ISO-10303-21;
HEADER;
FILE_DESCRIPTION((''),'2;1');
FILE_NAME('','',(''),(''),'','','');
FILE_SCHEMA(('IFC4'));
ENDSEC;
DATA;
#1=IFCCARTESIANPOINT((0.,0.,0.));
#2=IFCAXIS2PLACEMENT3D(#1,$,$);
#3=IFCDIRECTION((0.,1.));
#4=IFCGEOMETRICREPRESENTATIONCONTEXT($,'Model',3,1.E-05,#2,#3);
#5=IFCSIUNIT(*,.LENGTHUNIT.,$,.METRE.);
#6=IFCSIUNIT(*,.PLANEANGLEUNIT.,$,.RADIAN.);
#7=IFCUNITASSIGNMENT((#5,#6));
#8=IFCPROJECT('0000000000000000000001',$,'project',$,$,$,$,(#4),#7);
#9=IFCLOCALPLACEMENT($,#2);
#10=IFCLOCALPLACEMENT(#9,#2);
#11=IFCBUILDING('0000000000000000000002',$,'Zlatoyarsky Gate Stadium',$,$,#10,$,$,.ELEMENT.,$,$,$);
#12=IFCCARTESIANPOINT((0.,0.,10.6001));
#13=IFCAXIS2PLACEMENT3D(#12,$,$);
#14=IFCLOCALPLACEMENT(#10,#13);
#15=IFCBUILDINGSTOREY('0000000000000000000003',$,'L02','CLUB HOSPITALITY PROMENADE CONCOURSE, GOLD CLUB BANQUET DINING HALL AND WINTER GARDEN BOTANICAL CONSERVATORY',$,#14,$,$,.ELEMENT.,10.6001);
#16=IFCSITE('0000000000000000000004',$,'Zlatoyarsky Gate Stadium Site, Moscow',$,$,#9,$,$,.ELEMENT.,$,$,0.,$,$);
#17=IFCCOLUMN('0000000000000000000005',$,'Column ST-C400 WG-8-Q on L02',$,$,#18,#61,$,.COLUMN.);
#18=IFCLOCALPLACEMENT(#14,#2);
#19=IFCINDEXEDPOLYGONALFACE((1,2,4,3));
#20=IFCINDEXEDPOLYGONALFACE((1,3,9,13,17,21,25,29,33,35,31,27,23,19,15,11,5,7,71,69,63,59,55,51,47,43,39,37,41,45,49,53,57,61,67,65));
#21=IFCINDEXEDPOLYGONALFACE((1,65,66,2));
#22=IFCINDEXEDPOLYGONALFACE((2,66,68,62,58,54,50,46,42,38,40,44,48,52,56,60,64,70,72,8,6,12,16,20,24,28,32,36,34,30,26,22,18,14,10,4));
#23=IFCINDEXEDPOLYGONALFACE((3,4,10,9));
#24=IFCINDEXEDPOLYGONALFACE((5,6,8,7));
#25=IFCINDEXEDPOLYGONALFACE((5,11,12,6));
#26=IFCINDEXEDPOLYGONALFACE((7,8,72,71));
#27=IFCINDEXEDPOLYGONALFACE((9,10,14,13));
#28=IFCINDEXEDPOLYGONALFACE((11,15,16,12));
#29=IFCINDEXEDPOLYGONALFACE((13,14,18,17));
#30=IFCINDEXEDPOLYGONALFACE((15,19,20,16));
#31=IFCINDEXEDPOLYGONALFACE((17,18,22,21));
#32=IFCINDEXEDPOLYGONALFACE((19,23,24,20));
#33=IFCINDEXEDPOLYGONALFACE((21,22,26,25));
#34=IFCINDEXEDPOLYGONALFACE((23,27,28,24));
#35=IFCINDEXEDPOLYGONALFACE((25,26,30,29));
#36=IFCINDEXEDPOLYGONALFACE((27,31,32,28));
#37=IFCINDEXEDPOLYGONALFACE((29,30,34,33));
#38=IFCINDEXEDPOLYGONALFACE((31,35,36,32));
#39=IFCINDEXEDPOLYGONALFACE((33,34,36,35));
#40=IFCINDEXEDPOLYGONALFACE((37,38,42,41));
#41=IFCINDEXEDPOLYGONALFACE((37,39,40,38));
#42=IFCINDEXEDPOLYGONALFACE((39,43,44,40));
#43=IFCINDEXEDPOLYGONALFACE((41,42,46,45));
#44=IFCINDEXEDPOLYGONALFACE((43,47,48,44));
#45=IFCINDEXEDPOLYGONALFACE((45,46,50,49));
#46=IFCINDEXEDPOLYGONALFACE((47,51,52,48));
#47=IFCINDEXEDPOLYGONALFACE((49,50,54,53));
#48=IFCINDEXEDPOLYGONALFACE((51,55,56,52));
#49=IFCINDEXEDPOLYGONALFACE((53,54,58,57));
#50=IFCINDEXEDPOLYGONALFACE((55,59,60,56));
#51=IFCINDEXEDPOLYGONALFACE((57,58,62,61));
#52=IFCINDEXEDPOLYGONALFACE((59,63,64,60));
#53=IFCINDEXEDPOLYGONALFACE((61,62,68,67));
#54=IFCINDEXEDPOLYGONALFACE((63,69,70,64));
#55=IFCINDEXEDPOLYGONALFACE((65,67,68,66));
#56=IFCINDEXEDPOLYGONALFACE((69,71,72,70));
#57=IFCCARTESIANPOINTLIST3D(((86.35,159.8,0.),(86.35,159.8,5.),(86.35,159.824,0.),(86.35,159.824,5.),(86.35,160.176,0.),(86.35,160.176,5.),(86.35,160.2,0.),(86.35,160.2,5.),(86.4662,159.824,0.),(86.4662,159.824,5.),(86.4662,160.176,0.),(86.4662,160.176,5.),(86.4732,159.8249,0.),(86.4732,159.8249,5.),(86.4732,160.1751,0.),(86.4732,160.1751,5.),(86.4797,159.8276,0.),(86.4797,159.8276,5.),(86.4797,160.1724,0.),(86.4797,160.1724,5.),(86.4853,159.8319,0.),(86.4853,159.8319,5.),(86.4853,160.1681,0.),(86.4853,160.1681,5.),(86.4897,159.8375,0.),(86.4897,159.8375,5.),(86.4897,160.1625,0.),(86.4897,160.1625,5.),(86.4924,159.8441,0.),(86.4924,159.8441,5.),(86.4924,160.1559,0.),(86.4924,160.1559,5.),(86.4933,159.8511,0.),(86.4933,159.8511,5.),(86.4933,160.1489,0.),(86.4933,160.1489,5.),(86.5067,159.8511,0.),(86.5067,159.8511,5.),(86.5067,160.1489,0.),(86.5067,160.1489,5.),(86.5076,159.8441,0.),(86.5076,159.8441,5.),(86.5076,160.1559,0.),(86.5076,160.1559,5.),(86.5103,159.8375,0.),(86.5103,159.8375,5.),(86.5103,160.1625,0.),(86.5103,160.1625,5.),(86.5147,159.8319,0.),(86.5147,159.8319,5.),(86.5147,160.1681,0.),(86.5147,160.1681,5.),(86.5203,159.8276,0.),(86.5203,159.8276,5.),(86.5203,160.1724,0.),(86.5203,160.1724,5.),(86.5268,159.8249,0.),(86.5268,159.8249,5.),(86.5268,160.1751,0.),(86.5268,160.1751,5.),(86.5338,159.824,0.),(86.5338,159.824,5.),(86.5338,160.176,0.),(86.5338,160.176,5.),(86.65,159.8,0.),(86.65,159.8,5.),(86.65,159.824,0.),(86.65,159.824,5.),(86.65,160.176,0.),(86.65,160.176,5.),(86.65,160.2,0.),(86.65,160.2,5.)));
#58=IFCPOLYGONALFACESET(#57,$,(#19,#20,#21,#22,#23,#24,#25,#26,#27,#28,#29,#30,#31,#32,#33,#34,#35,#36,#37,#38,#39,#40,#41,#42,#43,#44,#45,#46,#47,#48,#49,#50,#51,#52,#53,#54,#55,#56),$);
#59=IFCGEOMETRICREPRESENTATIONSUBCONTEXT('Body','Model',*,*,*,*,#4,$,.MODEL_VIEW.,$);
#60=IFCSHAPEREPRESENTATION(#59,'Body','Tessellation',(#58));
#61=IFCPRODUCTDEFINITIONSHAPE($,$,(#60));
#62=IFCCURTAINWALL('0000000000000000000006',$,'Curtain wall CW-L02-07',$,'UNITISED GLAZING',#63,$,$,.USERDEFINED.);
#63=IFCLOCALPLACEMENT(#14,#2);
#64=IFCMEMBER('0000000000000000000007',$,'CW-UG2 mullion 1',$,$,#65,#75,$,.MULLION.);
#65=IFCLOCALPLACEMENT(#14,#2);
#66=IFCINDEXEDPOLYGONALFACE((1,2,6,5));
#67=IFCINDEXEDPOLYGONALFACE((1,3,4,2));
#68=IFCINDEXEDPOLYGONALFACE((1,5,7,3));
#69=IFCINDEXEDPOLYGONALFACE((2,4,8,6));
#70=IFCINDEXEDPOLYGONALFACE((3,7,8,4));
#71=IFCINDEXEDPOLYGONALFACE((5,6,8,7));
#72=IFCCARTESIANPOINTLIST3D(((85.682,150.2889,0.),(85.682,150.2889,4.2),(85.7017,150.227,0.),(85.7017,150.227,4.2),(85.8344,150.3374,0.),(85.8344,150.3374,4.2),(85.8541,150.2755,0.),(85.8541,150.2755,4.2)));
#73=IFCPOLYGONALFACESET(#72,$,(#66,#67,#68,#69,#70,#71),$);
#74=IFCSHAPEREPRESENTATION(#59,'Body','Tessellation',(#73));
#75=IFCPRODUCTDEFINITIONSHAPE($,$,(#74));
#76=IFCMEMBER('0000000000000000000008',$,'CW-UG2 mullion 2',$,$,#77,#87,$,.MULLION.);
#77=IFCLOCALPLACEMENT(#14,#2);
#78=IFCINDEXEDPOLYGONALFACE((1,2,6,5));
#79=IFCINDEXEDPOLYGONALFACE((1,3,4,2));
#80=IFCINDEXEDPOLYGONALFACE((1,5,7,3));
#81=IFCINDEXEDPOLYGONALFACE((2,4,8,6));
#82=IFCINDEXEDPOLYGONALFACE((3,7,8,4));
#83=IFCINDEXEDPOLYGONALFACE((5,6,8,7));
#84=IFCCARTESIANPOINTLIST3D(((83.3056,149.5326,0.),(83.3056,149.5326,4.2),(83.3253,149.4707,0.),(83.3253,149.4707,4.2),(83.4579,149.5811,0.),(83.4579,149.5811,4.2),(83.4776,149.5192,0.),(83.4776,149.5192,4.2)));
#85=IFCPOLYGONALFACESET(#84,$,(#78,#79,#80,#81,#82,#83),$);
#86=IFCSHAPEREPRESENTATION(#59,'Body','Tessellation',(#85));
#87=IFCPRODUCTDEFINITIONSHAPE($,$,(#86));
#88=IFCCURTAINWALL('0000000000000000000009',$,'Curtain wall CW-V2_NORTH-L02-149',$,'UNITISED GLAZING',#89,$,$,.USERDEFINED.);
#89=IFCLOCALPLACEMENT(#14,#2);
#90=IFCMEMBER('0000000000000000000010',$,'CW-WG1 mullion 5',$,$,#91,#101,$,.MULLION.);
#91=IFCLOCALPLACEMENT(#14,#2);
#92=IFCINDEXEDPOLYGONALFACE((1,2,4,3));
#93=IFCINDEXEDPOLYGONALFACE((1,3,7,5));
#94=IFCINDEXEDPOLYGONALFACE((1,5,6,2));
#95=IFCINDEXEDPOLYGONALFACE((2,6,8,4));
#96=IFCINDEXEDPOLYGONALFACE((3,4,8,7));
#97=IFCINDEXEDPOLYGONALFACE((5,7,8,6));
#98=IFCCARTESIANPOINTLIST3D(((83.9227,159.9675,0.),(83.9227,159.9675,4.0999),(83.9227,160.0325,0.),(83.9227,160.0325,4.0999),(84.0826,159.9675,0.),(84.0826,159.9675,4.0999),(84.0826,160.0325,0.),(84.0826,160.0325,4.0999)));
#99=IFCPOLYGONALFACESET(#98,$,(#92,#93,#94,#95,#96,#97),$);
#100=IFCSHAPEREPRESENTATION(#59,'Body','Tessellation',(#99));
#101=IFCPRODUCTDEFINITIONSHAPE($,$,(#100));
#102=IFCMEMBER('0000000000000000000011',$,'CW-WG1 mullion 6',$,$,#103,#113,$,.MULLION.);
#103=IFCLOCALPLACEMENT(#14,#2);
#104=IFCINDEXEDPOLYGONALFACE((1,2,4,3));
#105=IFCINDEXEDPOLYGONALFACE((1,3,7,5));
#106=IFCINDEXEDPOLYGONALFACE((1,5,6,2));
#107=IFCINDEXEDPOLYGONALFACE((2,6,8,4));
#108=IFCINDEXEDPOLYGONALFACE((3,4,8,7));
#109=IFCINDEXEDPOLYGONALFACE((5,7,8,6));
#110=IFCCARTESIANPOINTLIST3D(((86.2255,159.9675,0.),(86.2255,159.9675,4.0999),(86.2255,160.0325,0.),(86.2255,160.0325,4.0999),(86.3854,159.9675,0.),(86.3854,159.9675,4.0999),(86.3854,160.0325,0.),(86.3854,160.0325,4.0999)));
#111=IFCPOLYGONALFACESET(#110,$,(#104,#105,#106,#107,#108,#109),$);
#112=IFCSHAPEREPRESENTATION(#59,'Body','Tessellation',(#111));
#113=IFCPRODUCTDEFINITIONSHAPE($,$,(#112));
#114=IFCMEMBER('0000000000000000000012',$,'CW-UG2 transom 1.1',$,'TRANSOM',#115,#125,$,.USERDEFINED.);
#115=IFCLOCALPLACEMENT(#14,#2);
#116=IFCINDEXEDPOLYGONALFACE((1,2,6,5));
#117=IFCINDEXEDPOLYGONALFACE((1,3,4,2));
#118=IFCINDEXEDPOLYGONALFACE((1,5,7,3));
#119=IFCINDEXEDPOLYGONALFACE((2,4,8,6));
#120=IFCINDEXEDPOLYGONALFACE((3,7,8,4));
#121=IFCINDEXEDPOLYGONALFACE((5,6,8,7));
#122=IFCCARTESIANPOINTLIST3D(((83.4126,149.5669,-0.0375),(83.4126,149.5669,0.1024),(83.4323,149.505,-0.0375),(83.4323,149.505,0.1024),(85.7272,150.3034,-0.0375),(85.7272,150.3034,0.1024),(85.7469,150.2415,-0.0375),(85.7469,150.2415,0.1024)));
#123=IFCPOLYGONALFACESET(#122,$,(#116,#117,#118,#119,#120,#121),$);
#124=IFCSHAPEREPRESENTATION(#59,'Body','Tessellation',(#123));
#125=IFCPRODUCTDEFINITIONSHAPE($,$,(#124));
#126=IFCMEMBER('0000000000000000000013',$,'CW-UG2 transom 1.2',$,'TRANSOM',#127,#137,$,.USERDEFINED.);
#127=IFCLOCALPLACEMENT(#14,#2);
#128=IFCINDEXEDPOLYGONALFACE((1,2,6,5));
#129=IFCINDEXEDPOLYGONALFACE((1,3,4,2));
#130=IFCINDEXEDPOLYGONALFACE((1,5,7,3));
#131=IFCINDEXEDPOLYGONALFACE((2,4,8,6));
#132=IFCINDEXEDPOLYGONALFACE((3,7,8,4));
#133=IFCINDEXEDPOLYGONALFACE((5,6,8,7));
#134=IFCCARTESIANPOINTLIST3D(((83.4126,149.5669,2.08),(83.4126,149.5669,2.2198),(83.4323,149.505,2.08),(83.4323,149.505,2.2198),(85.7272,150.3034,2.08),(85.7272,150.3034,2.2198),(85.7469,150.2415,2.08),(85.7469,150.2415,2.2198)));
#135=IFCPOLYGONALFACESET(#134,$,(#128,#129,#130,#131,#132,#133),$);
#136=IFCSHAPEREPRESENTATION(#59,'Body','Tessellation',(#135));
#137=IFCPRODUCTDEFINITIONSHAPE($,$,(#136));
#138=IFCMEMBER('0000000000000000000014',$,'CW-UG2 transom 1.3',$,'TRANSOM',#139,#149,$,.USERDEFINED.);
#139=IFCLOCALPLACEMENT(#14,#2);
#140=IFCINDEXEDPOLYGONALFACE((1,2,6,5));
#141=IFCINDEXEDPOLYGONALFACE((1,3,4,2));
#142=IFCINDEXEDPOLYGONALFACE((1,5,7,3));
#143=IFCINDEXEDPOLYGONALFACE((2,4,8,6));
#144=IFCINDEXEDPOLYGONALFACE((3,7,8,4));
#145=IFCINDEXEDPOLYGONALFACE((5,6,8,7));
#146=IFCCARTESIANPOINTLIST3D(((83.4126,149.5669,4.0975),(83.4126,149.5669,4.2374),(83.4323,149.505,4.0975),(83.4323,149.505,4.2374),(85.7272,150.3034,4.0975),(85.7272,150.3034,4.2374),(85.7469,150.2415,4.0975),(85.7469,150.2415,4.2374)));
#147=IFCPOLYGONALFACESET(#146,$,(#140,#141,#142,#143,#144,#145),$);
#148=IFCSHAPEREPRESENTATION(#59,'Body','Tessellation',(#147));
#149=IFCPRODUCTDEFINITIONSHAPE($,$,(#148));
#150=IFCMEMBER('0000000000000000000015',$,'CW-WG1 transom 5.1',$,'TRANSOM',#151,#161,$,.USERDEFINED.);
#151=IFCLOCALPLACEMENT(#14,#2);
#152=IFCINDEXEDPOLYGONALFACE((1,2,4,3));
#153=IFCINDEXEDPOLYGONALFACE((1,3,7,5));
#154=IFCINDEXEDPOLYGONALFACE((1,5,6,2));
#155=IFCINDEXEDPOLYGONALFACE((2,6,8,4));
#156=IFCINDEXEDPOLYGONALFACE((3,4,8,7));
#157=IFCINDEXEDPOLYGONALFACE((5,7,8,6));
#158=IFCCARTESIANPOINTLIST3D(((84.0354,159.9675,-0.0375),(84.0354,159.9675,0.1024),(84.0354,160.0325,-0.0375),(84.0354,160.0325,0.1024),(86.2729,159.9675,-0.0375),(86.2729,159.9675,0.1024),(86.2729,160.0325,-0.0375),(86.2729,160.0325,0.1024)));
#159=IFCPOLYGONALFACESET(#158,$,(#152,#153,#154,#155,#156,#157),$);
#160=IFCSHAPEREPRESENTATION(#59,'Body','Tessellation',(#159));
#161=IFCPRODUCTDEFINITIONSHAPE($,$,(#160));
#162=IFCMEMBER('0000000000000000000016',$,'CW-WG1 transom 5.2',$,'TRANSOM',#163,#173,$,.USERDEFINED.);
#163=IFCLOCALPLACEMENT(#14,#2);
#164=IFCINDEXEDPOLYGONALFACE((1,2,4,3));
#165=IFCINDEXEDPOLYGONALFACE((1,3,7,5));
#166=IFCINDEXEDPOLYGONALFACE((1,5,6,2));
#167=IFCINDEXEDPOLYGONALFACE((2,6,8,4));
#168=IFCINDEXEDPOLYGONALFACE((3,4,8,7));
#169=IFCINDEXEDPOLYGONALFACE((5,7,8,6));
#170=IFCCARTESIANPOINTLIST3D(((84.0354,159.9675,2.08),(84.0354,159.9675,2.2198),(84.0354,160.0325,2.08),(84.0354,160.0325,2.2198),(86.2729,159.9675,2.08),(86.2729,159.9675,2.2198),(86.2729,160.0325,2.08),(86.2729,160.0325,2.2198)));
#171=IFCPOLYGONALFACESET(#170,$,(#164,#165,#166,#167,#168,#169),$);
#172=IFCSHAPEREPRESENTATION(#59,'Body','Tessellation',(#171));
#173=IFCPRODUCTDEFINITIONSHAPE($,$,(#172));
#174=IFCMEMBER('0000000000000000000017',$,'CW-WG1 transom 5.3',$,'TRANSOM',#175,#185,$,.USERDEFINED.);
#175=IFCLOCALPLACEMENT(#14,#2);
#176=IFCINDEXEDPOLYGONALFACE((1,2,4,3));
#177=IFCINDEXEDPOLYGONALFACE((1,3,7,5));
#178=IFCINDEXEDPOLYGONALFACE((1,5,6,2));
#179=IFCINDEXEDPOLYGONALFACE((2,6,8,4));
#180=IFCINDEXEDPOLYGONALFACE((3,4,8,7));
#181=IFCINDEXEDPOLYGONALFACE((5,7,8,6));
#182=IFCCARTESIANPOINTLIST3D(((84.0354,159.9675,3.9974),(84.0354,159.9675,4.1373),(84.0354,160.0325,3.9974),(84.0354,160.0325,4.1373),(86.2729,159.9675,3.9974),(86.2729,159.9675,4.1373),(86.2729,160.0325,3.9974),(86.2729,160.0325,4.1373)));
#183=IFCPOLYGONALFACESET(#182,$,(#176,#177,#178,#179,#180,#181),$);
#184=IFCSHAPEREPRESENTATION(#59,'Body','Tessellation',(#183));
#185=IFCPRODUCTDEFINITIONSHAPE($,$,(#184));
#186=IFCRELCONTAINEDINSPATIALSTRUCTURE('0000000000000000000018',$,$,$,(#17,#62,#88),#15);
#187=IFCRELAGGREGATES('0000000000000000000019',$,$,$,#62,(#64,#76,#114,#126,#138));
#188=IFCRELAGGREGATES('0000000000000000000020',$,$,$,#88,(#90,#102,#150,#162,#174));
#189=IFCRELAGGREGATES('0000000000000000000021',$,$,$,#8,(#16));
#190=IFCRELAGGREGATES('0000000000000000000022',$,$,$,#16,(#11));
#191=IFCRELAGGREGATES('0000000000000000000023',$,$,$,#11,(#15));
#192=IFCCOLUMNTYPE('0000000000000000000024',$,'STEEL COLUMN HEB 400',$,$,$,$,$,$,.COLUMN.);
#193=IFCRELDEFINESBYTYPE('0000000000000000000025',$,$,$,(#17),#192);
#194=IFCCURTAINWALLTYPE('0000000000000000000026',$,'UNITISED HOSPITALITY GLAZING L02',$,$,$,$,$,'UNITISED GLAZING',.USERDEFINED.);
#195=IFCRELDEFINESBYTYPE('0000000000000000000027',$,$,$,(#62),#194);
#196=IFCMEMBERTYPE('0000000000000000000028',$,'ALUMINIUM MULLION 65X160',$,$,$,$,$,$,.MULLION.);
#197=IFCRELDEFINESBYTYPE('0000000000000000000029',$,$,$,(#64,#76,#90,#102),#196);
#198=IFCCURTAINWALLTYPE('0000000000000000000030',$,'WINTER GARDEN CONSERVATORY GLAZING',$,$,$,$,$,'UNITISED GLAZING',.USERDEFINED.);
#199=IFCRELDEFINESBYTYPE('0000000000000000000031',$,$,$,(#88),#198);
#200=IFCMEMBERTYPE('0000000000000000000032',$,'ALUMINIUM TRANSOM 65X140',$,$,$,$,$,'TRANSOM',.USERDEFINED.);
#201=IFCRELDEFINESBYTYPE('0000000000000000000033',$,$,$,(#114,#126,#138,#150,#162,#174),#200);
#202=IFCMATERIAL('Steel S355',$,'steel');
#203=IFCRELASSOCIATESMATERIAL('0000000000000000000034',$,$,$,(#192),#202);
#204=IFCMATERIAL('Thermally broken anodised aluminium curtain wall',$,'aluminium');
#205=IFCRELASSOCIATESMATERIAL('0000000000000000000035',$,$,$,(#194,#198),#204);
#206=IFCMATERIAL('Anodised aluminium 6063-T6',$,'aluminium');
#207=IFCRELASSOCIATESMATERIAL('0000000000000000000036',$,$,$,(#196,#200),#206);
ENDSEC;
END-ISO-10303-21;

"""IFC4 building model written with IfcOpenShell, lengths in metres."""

from ifc_helpers import new_model, si_unit, direction, frame, origin, origin_2d, place, context, subcontext, project, spatial, rectangle, i_section, extrude, material, material_profile, profile_set, type_object, element, aggregate, save


model = new_model("IFC4")

# Units and contexts
model_context = context("Model", 3, precision=1e-05, world=origin(), true_north=direction((0.0, 1.0)))
body_context = subcontext(model_context, "Body", "Model", "MODEL_VIEW")
ifc_project = project(units=[si_unit("LENGTHUNIT", "METRE"), si_unit("PLANEANGLEUNIT", "RADIAN")], contexts=[model_context])

# Site, building, storey
site_placement = place(None, origin())
site = spatial("IfcSite", under=ifc_project, at=site_placement, Name="Zlatoyarsky Gate Stadium Site, Moscow", CompositionType="ELEMENT", RefElevation=0.0)
building_placement = place(site_placement, origin())
building = spatial("IfcBuilding", under=site, at=building_placement, Name="Zlatoyarsky Gate Stadium", CompositionType="ELEMENT")
storey_placement = place(building_placement, frame((0.0, 0.0, 10.6001)))
storey = spatial("IfcBuildingStorey", under=building, at=storey_placement, Name="L02", Description="CLUB HOSPITALITY PROMENADE CONCOURSE, GOLD CLUB BANQUET DINING HALL AND WINTER GARDEN BOTANICAL CONSERVATORY", CompositionType="ELEMENT", Elevation=10.6001)

# Column
ifc_material_1 = material(Name="Steel S355", Category="steel")
ifc_material_profile_1 = material_profile(ifc_material_1, i_section(OverallWidth=0.3, OverallDepth=0.3999, WebThickness=0.0134, FlangeThickness=0.0239, FilletRadius=0.0271, at=origin_2d()), Name="HEB 400")
ifc_profile_set_1 = profile_set([ifc_material_profile_1], Name="Steel S355")
column_type = type_object("IfcColumnType", Name="STEEL COLUMN HEB 400", PredefinedType="COLUMN", material=ifc_profile_set_1)
column_placement = place(storey_placement, frame((86.5, 160.0, 0.0), z_axis=(0.0, 0.0, 1.0), x_axis=(1.0, 0.0, 0.0)))
element("IfcColumn", 1, at=column_placement, inside=storey, type_object=column_type, Name="Column ST-C400 WG-8-Q on L02", PredefinedType="COLUMN", context=body_context, shape_type="SweptSolid", body=[
    extrude(i_section(OverallWidth=0.3, OverallDepth=0.3999, WebThickness=0.0134, FlangeThickness=0.0239, FilletRadius=0.0271, at=origin_2d()), origin(), (0.0, 0.0, 1.0), 5.0),
])

# Curtain walls, members
ifc_material_2 = material(Name="Thermally broken anodised aluminium curtain wall", Category="aluminium")
curtain_wall_type_1 = type_object("IfcCurtainWallType", Name="UNITISED HOSPITALITY GLAZING L02", ElementType="UNITISED GLAZING", PredefinedType="USERDEFINED", material=ifc_material_2)
curtain_wall_1_placement = place(storey_placement, origin())
curtain_wall_1 = element("IfcCurtainWall", 2, at=curtain_wall_1_placement, inside=storey, type_object=curtain_wall_type_1, Name="Curtain wall CW-L02-07", ObjectType="UNITISED GLAZING", PredefinedType="USERDEFINED")
ifc_material_3 = material(Name="Anodised aluminium 6063-T6", Category="aluminium")
ifc_material_profile_2 = material_profile(ifc_material_3, rectangle(XDim=0.0649, YDim=0.1599, at=origin_2d()), Name="ALU 65X160")
ifc_profile_set_2 = profile_set([ifc_material_profile_2], Name="Anodised aluminium 6063-T6")
member_type_1 = type_object("IfcMemberType", Name="ALUMINIUM MULLION 65X160", PredefinedType="MULLION", material=ifc_profile_set_2)
member_1_placement = place(storey_placement, frame((85.7681, 150.2822, 0.0), z_axis=(0.0, 0.0, 1.0), x_axis=(0.303279, -0.952902, 0.0)))
member_1 = element("IfcMember", 3, at=member_1_placement, type_object=member_type_1, Name="CW-UG2 mullion 1", PredefinedType="MULLION", context=body_context, shape_type="SweptSolid", body=[
    extrude(rectangle(XDim=0.0649, YDim=0.1599, at=origin_2d()), origin(), (0.0, 0.0, 1.0), 4.2),
])
member_2_placement = place(storey_placement, frame((83.3916, 149.5259, 0.0), z_axis=(0.0, 0.0, 1.0), x_axis=(0.303279, -0.952902, 0.0)))
member_2 = element("IfcMember", 4, at=member_2_placement, type_object=member_type_1, Name="CW-UG2 mullion 2", PredefinedType="MULLION", context=body_context, shape_type="SweptSolid", body=[
    extrude(rectangle(XDim=0.0649, YDim=0.1599, at=origin_2d()), origin(), (0.0, 0.0, 1.0), 4.2),
])
curtain_wall_type_2 = type_object("IfcCurtainWallType", Name="WINTER GARDEN CONSERVATORY GLAZING", ElementType="UNITISED GLAZING", PredefinedType="USERDEFINED", material=ifc_material_2)
curtain_wall_2_placement = place(storey_placement, origin())
curtain_wall_2 = element("IfcCurtainWall", 5, at=curtain_wall_2_placement, inside=storey, type_object=curtain_wall_type_2, Name="Curtain wall CW-V2_NORTH-L02-149", ObjectType="UNITISED GLAZING", PredefinedType="USERDEFINED")
member_3_placement = place(storey_placement, frame((84.0027, 160.0, 0.0), z_axis=(0.0, 0.0, 1.0), x_axis=(0.0, 1.0, 0.0)))
member_3 = element("IfcMember", 6, at=member_3_placement, type_object=member_type_1, Name="CW-WG1 mullion 5", PredefinedType="MULLION", context=body_context, shape_type="SweptSolid", body=[
    extrude(rectangle(XDim=0.0649, YDim=0.1599, at=origin_2d()), origin(), (0.0, 0.0, 1.0), 4.0999),
])
member_4_placement = place(storey_placement, frame((86.3054, 160.0, 0.0), z_axis=(0.0, 0.0, 1.0), x_axis=(0.0, 1.0, 0.0)))
member_4 = element("IfcMember", 7, at=member_4_placement, type_object=member_type_1, Name="CW-WG1 mullion 6", PredefinedType="MULLION", context=body_context, shape_type="SweptSolid", body=[
    extrude(rectangle(XDim=0.0649, YDim=0.1599, at=origin_2d()), origin(), (0.0, 0.0, 1.0), 4.0999),
])

# Members
ifc_material_profile_3 = material_profile(ifc_material_3, rectangle(XDim=0.0649, YDim=0.1399, at=origin_2d()), Name="ALU 65X140")
ifc_profile_set_3 = profile_set([ifc_material_profile_3], Name="Anodised aluminium 6063-T6")
member_type_2 = type_object("IfcMemberType", Name="ALUMINIUM TRANSOM 65X140", ElementType="TRANSOM", PredefinedType="USERDEFINED", material=ifc_profile_set_3)
member_5_placement = place(storey_placement, frame((85.7371, 150.2725, 0.0325), z_axis=(-0.952917, -0.303233, 0.0), x_axis=(0.303233, -0.952917, 0.0)))
member_5 = element("IfcMember", 8, at=member_5_placement, type_object=member_type_2, Name="CW-UG2 transom 1.1", ObjectType="TRANSOM", PredefinedType="USERDEFINED", context=body_context, shape_type="SweptSolid", body=[
    extrude(rectangle(XDim=0.0649, YDim=0.1399, at=origin_2d()), origin(), (0.0, 0.0, 1.0), 2.429),
])
member_6_placement = place(storey_placement, frame((85.7371, 150.2725, 2.1499), z_axis=(-0.952917, -0.303233, 0.0), x_axis=(0.303233, -0.952917, 0.0)))
member_6 = element("IfcMember", 9, at=member_6_placement, type_object=member_type_2, Name="CW-UG2 transom 1.2", ObjectType="TRANSOM", PredefinedType="USERDEFINED", context=body_context, shape_type="SweptSolid", body=[
    extrude(rectangle(XDim=0.0649, YDim=0.1399, at=origin_2d()), origin(), (0.0, 0.0, 1.0), 2.429),
])
member_7_placement = place(storey_placement, frame((85.7371, 150.2725, 4.1675), z_axis=(-0.952917, -0.303233, 0.0), x_axis=(0.303233, -0.952917, 0.0)))
member_7 = element("IfcMember", 10, at=member_7_placement, type_object=member_type_2, Name="CW-UG2 transom 1.3", ObjectType="TRANSOM", PredefinedType="USERDEFINED", context=body_context, shape_type="SweptSolid", body=[
    extrude(rectangle(XDim=0.0649, YDim=0.1399, at=origin_2d()), origin(), (0.0, 0.0, 1.0), 2.429),
])
member_8_placement = place(storey_placement, frame((84.0354, 160.0, 0.0325), z_axis=(1.0, 0.0, 0.0), x_axis=(0.0, 1.0, 0.0)))
member_8 = element("IfcMember", 11, at=member_8_placement, type_object=member_type_2, Name="CW-WG1 transom 5.1", ObjectType="TRANSOM", PredefinedType="USERDEFINED", context=body_context, shape_type="SweptSolid", body=[
    extrude(rectangle(XDim=0.0649, YDim=0.1399, at=origin_2d()), origin(), (0.0, 0.0, 1.0), 2.2375),
])
member_9_placement = place(storey_placement, frame((84.0354, 160.0, 2.1499), z_axis=(1.0, 0.0, 0.0), x_axis=(0.0, 1.0, 0.0)))
member_9 = element("IfcMember", 12, at=member_9_placement, type_object=member_type_2, Name="CW-WG1 transom 5.2", ObjectType="TRANSOM", PredefinedType="USERDEFINED", context=body_context, shape_type="SweptSolid", body=[
    extrude(rectangle(XDim=0.0649, YDim=0.1399, at=origin_2d()), origin(), (0.0, 0.0, 1.0), 2.2375),
])
member_10_placement = place(storey_placement, frame((84.0354, 160.0, 4.0674), z_axis=(1.0, 0.0, 0.0), x_axis=(0.0, 1.0, 0.0)))
member_10 = element("IfcMember", 13, at=member_10_placement, type_object=member_type_2, Name="CW-WG1 transom 5.3", ObjectType="TRANSOM", PredefinedType="USERDEFINED", context=body_context, shape_type="SweptSolid", body=[
    extrude(rectangle(XDim=0.0649, YDim=0.1399, at=origin_2d()), origin(), (0.0, 0.0, 1.0), 2.2375),
])

aggregate(curtain_wall_1, [member_1, member_2, member_5, member_6, member_7])
aggregate(curtain_wall_2, [member_3, member_4, member_8, member_9, member_10])

save(model, "model.ifc")
